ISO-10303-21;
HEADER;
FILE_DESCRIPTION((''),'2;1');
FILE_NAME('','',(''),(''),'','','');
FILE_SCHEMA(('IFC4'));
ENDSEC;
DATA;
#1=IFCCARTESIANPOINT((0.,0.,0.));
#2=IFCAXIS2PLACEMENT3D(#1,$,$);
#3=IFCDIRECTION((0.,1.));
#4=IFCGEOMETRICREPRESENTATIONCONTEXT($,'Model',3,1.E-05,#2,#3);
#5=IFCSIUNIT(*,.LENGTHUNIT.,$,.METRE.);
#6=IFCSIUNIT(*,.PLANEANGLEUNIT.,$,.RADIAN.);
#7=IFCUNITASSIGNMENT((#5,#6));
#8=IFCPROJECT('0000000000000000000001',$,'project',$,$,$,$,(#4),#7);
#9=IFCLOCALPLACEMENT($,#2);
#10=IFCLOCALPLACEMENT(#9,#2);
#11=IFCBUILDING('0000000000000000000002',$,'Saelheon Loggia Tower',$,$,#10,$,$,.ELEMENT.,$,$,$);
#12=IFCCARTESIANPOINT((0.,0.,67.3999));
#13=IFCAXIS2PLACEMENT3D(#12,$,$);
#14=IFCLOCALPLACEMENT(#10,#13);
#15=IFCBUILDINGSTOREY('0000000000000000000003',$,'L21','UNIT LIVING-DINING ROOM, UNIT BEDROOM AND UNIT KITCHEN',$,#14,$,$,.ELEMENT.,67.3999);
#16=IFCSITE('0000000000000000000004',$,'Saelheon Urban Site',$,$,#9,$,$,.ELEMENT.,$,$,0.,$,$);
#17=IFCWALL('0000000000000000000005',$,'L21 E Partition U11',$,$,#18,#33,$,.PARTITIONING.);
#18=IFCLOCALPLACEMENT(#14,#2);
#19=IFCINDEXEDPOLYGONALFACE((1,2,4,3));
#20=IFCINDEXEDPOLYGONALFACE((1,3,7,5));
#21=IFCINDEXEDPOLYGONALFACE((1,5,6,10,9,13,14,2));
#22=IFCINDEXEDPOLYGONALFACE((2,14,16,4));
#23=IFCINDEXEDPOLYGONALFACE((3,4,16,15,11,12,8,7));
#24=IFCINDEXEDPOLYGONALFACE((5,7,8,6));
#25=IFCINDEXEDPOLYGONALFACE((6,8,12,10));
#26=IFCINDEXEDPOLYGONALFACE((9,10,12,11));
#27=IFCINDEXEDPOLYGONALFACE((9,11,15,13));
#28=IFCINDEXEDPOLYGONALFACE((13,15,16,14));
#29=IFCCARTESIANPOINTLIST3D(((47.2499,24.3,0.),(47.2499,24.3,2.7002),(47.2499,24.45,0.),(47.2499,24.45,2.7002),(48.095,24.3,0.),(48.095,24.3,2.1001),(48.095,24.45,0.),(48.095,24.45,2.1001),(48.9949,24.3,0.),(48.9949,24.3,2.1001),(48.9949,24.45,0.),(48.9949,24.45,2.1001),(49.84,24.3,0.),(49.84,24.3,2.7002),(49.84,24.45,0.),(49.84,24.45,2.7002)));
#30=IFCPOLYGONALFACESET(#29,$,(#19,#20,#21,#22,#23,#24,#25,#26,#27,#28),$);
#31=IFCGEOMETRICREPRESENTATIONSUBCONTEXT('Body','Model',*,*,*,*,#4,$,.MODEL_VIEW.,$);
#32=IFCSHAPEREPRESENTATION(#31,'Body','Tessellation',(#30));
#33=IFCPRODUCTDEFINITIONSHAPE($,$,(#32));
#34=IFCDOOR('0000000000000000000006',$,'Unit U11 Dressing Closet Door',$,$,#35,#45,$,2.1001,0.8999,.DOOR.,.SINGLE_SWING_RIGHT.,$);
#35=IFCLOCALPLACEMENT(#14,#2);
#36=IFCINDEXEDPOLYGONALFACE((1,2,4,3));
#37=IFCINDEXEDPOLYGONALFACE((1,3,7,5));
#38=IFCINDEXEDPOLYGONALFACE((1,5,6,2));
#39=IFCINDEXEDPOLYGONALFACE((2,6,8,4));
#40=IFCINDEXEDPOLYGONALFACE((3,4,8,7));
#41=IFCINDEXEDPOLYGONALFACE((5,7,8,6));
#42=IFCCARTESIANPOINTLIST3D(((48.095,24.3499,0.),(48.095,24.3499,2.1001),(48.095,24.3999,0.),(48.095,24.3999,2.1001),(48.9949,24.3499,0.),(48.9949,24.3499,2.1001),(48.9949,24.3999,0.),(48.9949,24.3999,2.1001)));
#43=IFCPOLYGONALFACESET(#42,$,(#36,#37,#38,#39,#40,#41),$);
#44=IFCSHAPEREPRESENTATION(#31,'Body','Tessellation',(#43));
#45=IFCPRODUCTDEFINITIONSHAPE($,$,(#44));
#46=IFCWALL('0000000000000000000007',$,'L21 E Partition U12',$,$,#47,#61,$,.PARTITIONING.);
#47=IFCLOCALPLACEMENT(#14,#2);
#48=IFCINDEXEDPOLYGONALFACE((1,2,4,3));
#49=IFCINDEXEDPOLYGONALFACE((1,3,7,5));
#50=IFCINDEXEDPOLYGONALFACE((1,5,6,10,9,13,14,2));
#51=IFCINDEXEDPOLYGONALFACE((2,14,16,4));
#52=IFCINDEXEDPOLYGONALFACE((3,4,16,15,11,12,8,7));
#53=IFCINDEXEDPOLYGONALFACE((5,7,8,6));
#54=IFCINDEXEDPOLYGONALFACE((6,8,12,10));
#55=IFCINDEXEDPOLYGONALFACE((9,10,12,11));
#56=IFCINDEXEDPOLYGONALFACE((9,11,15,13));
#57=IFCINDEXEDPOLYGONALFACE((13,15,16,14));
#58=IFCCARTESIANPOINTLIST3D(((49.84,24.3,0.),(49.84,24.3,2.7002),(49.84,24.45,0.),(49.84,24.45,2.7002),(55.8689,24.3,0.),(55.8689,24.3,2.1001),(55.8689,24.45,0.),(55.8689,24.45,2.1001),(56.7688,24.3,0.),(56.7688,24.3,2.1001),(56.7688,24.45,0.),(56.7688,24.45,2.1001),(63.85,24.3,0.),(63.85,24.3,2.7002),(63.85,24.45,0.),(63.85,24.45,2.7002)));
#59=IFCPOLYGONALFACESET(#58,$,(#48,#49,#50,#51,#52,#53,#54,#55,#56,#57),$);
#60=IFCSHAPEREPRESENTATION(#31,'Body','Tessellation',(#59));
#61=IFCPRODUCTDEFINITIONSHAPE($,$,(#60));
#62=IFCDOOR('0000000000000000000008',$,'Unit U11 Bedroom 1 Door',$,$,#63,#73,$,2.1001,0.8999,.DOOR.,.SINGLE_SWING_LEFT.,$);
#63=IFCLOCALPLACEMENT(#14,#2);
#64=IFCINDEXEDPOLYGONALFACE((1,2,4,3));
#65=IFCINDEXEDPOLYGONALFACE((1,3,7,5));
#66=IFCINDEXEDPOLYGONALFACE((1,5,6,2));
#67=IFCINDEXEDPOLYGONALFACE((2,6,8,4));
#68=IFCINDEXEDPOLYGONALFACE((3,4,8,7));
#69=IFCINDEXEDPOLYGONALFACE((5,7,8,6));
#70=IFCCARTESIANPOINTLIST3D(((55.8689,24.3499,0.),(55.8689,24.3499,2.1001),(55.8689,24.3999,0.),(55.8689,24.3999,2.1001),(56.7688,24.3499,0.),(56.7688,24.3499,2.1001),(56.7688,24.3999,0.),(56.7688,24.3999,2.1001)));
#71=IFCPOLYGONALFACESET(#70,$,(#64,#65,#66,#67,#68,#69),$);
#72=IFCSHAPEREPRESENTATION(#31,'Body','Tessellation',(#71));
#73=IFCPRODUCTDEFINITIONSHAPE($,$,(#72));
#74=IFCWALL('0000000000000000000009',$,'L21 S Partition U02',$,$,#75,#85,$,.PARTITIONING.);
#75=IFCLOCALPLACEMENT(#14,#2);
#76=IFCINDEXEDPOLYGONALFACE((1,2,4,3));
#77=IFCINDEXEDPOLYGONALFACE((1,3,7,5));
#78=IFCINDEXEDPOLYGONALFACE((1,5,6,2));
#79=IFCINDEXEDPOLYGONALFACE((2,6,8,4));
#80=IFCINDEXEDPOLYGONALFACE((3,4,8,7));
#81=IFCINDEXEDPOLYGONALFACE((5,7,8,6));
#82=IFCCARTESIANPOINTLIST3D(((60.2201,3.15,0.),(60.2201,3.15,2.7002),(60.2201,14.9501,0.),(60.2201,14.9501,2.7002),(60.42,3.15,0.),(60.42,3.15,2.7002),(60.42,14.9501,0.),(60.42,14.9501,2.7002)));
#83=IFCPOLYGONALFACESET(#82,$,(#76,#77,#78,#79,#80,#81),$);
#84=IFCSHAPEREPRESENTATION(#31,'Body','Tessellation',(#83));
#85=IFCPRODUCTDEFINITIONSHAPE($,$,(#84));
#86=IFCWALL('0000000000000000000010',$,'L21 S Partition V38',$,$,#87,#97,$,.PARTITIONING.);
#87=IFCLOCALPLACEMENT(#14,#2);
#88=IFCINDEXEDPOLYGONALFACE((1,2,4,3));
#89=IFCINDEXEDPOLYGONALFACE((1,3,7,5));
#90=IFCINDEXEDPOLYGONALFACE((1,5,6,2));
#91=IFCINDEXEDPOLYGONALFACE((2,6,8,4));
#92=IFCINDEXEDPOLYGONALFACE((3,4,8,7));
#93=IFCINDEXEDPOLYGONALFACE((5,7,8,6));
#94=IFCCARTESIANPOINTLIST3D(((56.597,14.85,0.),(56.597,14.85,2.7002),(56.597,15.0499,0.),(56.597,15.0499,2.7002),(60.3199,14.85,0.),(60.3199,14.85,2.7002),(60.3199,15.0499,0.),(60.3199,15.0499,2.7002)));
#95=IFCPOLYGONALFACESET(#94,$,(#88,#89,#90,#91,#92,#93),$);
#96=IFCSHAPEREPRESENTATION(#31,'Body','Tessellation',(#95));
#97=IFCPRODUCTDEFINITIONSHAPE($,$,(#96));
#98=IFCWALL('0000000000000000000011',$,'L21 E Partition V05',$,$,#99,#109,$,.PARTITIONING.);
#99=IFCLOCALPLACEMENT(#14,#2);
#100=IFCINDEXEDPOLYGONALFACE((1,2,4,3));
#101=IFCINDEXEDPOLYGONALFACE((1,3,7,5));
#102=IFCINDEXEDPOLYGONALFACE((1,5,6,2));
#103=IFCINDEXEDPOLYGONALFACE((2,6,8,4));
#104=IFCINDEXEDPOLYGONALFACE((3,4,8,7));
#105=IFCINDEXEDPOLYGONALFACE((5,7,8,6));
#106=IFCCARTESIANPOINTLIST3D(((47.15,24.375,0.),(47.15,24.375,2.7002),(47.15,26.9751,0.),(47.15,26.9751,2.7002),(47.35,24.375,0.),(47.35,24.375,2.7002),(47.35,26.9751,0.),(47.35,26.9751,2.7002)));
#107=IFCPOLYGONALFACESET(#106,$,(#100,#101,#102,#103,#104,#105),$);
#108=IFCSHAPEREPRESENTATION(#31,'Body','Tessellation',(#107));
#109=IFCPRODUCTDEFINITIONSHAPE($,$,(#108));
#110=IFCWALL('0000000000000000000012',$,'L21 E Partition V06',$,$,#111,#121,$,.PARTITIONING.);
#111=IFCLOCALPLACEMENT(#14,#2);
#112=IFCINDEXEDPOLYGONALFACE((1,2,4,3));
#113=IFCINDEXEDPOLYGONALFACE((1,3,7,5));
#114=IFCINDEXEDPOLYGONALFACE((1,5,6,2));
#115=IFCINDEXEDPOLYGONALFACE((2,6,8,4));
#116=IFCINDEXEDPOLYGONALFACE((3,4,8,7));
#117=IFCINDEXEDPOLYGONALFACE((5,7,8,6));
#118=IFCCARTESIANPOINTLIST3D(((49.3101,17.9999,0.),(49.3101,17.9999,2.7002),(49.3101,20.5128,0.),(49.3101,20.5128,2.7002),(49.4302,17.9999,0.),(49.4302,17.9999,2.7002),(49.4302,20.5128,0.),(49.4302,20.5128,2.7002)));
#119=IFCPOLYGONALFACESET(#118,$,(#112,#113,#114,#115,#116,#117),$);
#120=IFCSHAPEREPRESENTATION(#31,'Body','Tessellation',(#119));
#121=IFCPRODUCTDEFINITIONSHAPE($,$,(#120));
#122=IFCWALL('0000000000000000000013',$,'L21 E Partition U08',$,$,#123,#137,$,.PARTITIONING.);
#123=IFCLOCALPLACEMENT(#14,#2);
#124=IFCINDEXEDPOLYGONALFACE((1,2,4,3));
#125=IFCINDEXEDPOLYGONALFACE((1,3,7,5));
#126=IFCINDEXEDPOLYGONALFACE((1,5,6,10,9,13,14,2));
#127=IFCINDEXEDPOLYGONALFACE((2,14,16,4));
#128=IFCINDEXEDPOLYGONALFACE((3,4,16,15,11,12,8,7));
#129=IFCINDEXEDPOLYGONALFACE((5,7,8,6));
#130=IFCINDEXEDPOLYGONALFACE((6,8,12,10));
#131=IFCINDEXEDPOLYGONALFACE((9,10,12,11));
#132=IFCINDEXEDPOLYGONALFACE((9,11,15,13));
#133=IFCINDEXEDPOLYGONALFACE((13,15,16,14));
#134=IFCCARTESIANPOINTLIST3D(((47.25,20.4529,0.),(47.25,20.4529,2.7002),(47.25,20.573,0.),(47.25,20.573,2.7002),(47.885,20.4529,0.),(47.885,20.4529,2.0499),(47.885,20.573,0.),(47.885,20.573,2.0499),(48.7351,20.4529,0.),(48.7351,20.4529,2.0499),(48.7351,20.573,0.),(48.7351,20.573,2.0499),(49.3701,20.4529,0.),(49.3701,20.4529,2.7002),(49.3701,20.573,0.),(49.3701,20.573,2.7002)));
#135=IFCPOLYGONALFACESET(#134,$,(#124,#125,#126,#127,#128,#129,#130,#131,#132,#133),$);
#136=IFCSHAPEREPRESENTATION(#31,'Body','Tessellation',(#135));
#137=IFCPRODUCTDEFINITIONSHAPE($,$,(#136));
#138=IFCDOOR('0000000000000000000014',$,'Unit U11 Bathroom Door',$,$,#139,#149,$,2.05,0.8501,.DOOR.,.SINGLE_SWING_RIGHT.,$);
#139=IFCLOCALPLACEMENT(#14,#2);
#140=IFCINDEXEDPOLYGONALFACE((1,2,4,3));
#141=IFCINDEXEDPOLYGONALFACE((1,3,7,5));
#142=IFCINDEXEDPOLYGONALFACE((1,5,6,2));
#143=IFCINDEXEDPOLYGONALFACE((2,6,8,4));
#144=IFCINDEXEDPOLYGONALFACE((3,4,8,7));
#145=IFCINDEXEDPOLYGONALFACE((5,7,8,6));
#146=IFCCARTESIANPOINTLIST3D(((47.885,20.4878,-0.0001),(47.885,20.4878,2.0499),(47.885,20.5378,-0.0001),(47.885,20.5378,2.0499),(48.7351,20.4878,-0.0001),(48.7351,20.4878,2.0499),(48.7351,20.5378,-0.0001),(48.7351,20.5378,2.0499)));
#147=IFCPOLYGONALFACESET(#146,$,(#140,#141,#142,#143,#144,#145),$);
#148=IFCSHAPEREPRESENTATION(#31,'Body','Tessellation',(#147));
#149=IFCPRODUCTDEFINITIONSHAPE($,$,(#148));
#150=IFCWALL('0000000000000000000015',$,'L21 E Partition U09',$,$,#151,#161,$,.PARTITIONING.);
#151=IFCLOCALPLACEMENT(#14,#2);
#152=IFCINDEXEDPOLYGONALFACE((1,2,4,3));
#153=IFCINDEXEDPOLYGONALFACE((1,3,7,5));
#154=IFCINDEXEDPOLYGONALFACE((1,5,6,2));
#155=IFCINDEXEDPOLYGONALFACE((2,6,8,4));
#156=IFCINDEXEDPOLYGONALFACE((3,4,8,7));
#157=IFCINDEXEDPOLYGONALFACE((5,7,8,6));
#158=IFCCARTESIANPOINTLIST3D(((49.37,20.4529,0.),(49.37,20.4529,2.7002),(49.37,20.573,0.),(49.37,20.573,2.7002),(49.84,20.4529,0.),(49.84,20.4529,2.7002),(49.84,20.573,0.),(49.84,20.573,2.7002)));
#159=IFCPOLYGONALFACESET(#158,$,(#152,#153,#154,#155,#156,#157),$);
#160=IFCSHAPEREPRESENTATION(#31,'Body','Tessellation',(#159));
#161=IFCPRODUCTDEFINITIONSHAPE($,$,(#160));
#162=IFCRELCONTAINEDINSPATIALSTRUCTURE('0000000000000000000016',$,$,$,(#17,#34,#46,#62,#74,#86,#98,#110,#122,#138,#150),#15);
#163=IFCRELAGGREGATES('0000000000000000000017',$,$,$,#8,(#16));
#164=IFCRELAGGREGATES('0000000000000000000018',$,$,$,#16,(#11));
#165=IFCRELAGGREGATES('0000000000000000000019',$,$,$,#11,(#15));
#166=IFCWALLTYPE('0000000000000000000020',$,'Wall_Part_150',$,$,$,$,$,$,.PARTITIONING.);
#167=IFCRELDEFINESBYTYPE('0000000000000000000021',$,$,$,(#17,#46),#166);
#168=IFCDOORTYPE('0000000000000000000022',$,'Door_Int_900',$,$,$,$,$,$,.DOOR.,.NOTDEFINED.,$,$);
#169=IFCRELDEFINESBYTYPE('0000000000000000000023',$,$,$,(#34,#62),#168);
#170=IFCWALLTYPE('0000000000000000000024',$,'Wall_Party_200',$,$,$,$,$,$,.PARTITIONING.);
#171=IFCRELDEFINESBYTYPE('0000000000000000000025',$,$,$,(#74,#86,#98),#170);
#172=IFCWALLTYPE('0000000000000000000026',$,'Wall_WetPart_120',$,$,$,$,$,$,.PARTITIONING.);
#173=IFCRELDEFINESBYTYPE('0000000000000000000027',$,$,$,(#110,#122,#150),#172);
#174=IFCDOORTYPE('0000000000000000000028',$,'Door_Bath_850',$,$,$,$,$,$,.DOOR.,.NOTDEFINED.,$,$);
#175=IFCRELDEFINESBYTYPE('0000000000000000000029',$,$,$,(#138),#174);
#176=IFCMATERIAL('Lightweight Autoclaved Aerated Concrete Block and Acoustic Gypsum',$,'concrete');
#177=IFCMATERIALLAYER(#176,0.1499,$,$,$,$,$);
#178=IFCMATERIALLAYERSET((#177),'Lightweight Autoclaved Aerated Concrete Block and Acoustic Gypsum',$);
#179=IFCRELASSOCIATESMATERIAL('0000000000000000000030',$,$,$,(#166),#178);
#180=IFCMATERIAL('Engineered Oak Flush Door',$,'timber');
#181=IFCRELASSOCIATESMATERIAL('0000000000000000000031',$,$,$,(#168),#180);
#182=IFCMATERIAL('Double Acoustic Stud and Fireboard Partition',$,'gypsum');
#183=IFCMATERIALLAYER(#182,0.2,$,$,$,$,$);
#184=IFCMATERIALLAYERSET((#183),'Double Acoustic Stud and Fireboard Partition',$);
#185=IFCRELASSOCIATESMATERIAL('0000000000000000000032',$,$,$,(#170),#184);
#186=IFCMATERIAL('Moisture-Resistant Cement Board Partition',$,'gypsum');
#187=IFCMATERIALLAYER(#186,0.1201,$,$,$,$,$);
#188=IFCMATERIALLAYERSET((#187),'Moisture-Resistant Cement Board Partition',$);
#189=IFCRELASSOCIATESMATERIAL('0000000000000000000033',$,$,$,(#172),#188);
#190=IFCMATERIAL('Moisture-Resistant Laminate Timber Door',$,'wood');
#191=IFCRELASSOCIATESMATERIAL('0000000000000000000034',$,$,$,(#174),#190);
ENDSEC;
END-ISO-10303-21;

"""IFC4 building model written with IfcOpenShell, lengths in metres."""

from ifc_helpers import new_model, si_unit, direction, frame, frame_2d, origin, place, context, subcontext, project, spatial, rectangle, extrude, source, transform, mapped, material, layer, layer_set, type_object, element, fill, save


model = new_model("IFC4")

# Units and contexts
model_context = context("Model", 3, precision=1e-05, world=origin(), true_north=direction((0.0, 1.0)))
body_context = subcontext(model_context, "Body", "Model", "MODEL_VIEW")
ifc_project = project(units=[si_unit("LENGTHUNIT", "METRE"), si_unit("PLANEANGLEUNIT", "RADIAN")], contexts=[model_context])

# Site, building, storey
site_placement = place(None, origin())
site = spatial("IfcSite", under=ifc_project, at=site_placement, Name="Saelheon Urban Site", CompositionType="ELEMENT", RefElevation=0.0)
building_placement = place(site_placement, origin())
building = spatial("IfcBuilding", under=site, at=building_placement, Name="Saelheon Loggia Tower", CompositionType="ELEMENT")
storey_placement = place(building_placement, frame((0.0, 0.0, 67.3999)))
storey = spatial("IfcBuildingStorey", under=building, at=storey_placement, Name="L21", Description="UNIT LIVING-DINING ROOM, UNIT BEDROOM AND UNIT KITCHEN", CompositionType="ELEMENT", Elevation=67.3999)

# Shared definitions
ifc_material_1 = material(Name="Lightweight Autoclaved Aerated Concrete Block and Acoustic Gypsum", Category="concrete")
ifc_layer_1 = layer(ifc_material_1, 0.1499)
ifc_layer_set_1 = layer_set([ifc_layer_1], Name="Lightweight Autoclaved Aerated Concrete Block and Acoustic Gypsum")
wall_type_1 = type_object("IfcWallType", Name="Wall_Part_150", PredefinedType="PARTITIONING", material=ifc_layer_set_1)
ifc_material_2 = material(Name="Engineered Oak Flush Door", Category="timber")
door_type_1 = type_object("IfcDoorType", Name="Door_Int_900", OperationType="NOTDEFINED", PredefinedType="DOOR", material=ifc_material_2)
shared_shape_1 = source(origin(), body_context, "Body", "SweptSolid", [
    extrude(rectangle(XDim=0.8999, YDim=2.1001, at=frame_2d((0.45, 1.05))), frame((0.0, 0.0249, 0.0), z_axis=(0.0, -1.0, 0.0), x_axis=(1.0, 0.0, 0.0)), (0.0, 0.0, 1.0), 0.05),
])

# Walls, openings, doors
wall_1_placement = place(storey_placement, frame((47.25, 24.375, 0.0), z_axis=(0.0, 0.0, 1.0), x_axis=(1.0, 0.0, 0.0)))
wall_1 = element("IfcWall", 1, at=wall_1_placement, inside=storey, type_object=wall_type_1, Name="L21 E Partition U11", PredefinedType="PARTITIONING", context=body_context, shape_type="SweptSolid", body=[
    extrude(rectangle(XDim=2.5901, YDim=0.1499, at=frame_2d((1.2949, 0.0))), origin(), (0.0, 0.0, 1.0), 2.7002),
])
opening_1_placement = place(wall_1_placement, frame((0.845, 0.0, 0.0)))
opening_1 = element("IfcOpeningElement", 2, at=opening_1_placement, cuts=wall_1, PredefinedType="OPENING", context=body_context, shape_type="SweptSolid", body=[
    extrude(rectangle(XDim=0.8999, YDim=2.1001, at=frame_2d((0.45, 1.05))), frame((0.0, 0.0869, 0.0), z_axis=(0.0, -1.0, 0.0), x_axis=(1.0, 0.0, 0.0)), (0.0, 0.0, 1.0), 0.1738),
])
door_1_placement = place(opening_1_placement, origin())
door_1 = element("IfcDoor", 3, at=door_1_placement, inside=storey, type_object=door_type_1, Name="Unit U11 Dressing Closet Door", OperationType="SINGLE_SWING_RIGHT", OverallHeight=2.1001, OverallWidth=0.8999, PredefinedType="DOOR", context=body_context, shape_type="MappedRepresentation", body=[
    mapped(shared_shape_1, transform((0.0, 0.0, 0.0), scale=1.0)),
])
fill(opening_1, door_1)
wall_2_placement = place(storey_placement, frame((49.8401, 24.375, 0.0), z_axis=(0.0, 0.0, 1.0), x_axis=(1.0, 0.0, 0.0)))
wall_2 = element("IfcWall", 4, at=wall_2_placement, inside=storey, type_object=wall_type_1, Name="L21 E Partition U12", PredefinedType="PARTITIONING", context=body_context, shape_type="SweptSolid", body=[
    extrude(rectangle(XDim=14.01, YDim=0.1499, at=frame_2d((7.0049, 0.0))), origin(), (0.0, 0.0, 1.0), 2.7002),
])
opening_2_placement = place(wall_2_placement, frame((6.0288, 0.0, 0.0)))
opening_2 = element("IfcOpeningElement", 5, at=opening_2_placement, cuts=wall_2, PredefinedType="OPENING", context=body_context, shape_type="SweptSolid", body=[
    extrude(rectangle(XDim=0.8999, YDim=2.1001, at=frame_2d((0.45, 1.05))), frame((0.0, 0.0869, 0.0), z_axis=(0.0, -1.0, 0.0), x_axis=(1.0, 0.0, 0.0)), (0.0, 0.0, 1.0), 0.1738),
])
door_2_placement = place(opening_2_placement, origin())
door_2 = element("IfcDoor", 6, at=door_2_placement, inside=storey, type_object=door_type_1, Name="Unit U11 Bedroom 1 Door", OperationType="SINGLE_SWING_LEFT", OverallHeight=2.1001, OverallWidth=0.8999, PredefinedType="DOOR", context=body_context, shape_type="MappedRepresentation", body=[
    mapped(shared_shape_1, transform((0.0, 0.0, 0.0), scale=1.0)),
])
fill(opening_2, door_2)

# Walls
ifc_material_3 = material(Name="Double Acoustic Stud and Fireboard Partition", Category="gypsum")
ifc_layer_2 = layer(ifc_material_3, 0.2)
ifc_layer_set_2 = layer_set([ifc_layer_2], Name="Double Acoustic Stud and Fireboard Partition")
wall_type_2 = type_object("IfcWallType", Name="Wall_Party_200", PredefinedType="PARTITIONING", material=ifc_layer_set_2)
wall_3_placement = place(storey_placement, frame((60.3201, 14.95, 0.0), z_axis=(0.0, 0.0, 1.0), x_axis=(0.0, -1.0, 0.0)))
element("IfcWall", 7, at=wall_3_placement, inside=storey, type_object=wall_type_2, Name="L21 S Partition U02", PredefinedType="PARTITIONING", context=body_context, shape_type="SweptSolid", body=[
    extrude(rectangle(XDim=11.8, YDim=0.2, at=frame_2d((5.8999, 0.0))), origin(), (0.0, 0.0, 1.0), 2.7002),
])
wall_4_placement = place(storey_placement, frame((56.5972, 14.95, 0.0), z_axis=(0.0, 0.0, 1.0), x_axis=(1.0, 0.0, 0.0)))
element("IfcWall", 8, at=wall_4_placement, inside=storey, type_object=wall_type_2, Name="L21 S Partition V38", PredefinedType="PARTITIONING", context=body_context, shape_type="SweptSolid", body=[
    extrude(rectangle(XDim=3.7229, YDim=0.2, at=frame_2d((1.8613, 0.0))), origin(), (0.0, 0.0, 1.0), 2.7002),
])

# Walls
wall_5_placement = place(storey_placement, frame((47.25, 24.375, 0.0), z_axis=(0.0, 0.0, 1.0), x_axis=(0.0, 1.0, 0.0)))
element("IfcWall", 9, at=wall_5_placement, inside=storey, type_object=wall_type_2, Name="L21 E Partition V05", PredefinedType="PARTITIONING", context=body_context, shape_type="SweptSolid", body=[
    extrude(rectangle(XDim=2.6001, YDim=0.2, at=frame_2d((1.3, 0.0))), origin(), (0.0, 0.0, 1.0), 2.7002),
])
ifc_material_4 = material(Name="Moisture-Resistant Cement Board Partition", Category="gypsum")
ifc_layer_3 = layer(ifc_material_4, 0.1201)
ifc_layer_set_3 = layer_set([ifc_layer_3], Name="Moisture-Resistant Cement Board Partition")
wall_type_3 = type_object("IfcWallType", Name="Wall_WetPart_120", PredefinedType="PARTITIONING", material=ifc_layer_set_3)
wall_6_placement = place(storey_placement, frame((49.3701, 18.0, 0.0), z_axis=(0.0, 0.0, 1.0), x_axis=(0.0, 1.0, 0.0)))
element("IfcWall", 10, at=wall_6_placement, inside=storey, type_object=wall_type_3, Name="L21 E Partition V06", PredefinedType="PARTITIONING", context=body_context, shape_type="SweptSolid", body=[
    extrude(rectangle(XDim=2.5129, YDim=0.1201, at=frame_2d((1.2563, 0.0))), origin(), (0.0, 0.0, 1.0), 2.7002),
])

# Wall, opening, door
wall_7_placement = place(storey_placement, frame((47.25, 20.5129, 0.0), z_axis=(0.0, 0.0, 1.0), x_axis=(1.0, 0.0, 0.0)))
wall_7 = element("IfcWall", 11, at=wall_7_placement, inside=storey, type_object=wall_type_3, Name="L21 E Partition U08", PredefinedType="PARTITIONING", context=body_context, shape_type="SweptSolid", body=[
    extrude(rectangle(XDim=2.1201, YDim=0.1201, at=frame_2d((1.0601, 0.0))), origin(), (0.0, 0.0, 1.0), 2.7002),
])
opening_3_placement = place(wall_7_placement, frame((0.635, 0.0, 0.0)))
opening_3 = element("IfcOpeningElement", 12, at=opening_3_placement, cuts=wall_7, PredefinedType="OPENING", context=body_context, shape_type="SweptSolid", body=[
    extrude(rectangle(XDim=0.8501, YDim=2.05, at=frame_2d((0.425, 1.0249))), frame((0.0, 0.072, 0.0), z_axis=(0.0, -1.0, 0.0), x_axis=(1.0, 0.0, 0.0)), (0.0, 0.0, 1.0), 0.144),
])
ifc_material_5 = material(Name="Moisture-Resistant Laminate Timber Door", Category="wood")
door_type_2 = type_object("IfcDoorType", Name="Door_Bath_850", OperationType="NOTDEFINED", PredefinedType="DOOR", material=ifc_material_5)
shared_shape_2 = source(origin(), body_context, "Body", "SweptSolid", [
    extrude(rectangle(XDim=0.8501, YDim=2.05, at=frame_2d((0.425, 1.0249))), frame((0.0, 0.0249, 0.0), z_axis=(0.0, -1.0, 0.0), x_axis=(1.0, 0.0, 0.0)), (0.0, 0.0, 1.0), 0.05),
])
door_3_placement = place(opening_3_placement, origin())
door_3 = element("IfcDoor", 13, at=door_3_placement, inside=storey, type_object=door_type_2, Name="Unit U11 Bathroom Door", OperationType="SINGLE_SWING_RIGHT", OverallHeight=2.05, OverallWidth=0.8501, PredefinedType="DOOR", context=body_context, shape_type="MappedRepresentation", body=[
    mapped(shared_shape_2, transform((0.0, 0.0, 0.0), scale=1.0)),
])
fill(opening_3, door_3)

# Wall
wall_8_placement = place(storey_placement, frame((49.3701, 20.5129, 0.0), z_axis=(0.0, 0.0, 1.0), x_axis=(1.0, 0.0, 0.0)))
element("IfcWall", 14, at=wall_8_placement, inside=storey, type_object=wall_type_3, Name="L21 E Partition U09", PredefinedType="PARTITIONING", context=body_context, shape_type="SweptSolid", body=[
    extrude(rectangle(XDim=0.47, YDim=0.1201, at=frame_2d((0.2349, 0.0))), origin(), (0.0, 0.0, 1.0), 2.7002),
])

save(model, "model.ifc")
